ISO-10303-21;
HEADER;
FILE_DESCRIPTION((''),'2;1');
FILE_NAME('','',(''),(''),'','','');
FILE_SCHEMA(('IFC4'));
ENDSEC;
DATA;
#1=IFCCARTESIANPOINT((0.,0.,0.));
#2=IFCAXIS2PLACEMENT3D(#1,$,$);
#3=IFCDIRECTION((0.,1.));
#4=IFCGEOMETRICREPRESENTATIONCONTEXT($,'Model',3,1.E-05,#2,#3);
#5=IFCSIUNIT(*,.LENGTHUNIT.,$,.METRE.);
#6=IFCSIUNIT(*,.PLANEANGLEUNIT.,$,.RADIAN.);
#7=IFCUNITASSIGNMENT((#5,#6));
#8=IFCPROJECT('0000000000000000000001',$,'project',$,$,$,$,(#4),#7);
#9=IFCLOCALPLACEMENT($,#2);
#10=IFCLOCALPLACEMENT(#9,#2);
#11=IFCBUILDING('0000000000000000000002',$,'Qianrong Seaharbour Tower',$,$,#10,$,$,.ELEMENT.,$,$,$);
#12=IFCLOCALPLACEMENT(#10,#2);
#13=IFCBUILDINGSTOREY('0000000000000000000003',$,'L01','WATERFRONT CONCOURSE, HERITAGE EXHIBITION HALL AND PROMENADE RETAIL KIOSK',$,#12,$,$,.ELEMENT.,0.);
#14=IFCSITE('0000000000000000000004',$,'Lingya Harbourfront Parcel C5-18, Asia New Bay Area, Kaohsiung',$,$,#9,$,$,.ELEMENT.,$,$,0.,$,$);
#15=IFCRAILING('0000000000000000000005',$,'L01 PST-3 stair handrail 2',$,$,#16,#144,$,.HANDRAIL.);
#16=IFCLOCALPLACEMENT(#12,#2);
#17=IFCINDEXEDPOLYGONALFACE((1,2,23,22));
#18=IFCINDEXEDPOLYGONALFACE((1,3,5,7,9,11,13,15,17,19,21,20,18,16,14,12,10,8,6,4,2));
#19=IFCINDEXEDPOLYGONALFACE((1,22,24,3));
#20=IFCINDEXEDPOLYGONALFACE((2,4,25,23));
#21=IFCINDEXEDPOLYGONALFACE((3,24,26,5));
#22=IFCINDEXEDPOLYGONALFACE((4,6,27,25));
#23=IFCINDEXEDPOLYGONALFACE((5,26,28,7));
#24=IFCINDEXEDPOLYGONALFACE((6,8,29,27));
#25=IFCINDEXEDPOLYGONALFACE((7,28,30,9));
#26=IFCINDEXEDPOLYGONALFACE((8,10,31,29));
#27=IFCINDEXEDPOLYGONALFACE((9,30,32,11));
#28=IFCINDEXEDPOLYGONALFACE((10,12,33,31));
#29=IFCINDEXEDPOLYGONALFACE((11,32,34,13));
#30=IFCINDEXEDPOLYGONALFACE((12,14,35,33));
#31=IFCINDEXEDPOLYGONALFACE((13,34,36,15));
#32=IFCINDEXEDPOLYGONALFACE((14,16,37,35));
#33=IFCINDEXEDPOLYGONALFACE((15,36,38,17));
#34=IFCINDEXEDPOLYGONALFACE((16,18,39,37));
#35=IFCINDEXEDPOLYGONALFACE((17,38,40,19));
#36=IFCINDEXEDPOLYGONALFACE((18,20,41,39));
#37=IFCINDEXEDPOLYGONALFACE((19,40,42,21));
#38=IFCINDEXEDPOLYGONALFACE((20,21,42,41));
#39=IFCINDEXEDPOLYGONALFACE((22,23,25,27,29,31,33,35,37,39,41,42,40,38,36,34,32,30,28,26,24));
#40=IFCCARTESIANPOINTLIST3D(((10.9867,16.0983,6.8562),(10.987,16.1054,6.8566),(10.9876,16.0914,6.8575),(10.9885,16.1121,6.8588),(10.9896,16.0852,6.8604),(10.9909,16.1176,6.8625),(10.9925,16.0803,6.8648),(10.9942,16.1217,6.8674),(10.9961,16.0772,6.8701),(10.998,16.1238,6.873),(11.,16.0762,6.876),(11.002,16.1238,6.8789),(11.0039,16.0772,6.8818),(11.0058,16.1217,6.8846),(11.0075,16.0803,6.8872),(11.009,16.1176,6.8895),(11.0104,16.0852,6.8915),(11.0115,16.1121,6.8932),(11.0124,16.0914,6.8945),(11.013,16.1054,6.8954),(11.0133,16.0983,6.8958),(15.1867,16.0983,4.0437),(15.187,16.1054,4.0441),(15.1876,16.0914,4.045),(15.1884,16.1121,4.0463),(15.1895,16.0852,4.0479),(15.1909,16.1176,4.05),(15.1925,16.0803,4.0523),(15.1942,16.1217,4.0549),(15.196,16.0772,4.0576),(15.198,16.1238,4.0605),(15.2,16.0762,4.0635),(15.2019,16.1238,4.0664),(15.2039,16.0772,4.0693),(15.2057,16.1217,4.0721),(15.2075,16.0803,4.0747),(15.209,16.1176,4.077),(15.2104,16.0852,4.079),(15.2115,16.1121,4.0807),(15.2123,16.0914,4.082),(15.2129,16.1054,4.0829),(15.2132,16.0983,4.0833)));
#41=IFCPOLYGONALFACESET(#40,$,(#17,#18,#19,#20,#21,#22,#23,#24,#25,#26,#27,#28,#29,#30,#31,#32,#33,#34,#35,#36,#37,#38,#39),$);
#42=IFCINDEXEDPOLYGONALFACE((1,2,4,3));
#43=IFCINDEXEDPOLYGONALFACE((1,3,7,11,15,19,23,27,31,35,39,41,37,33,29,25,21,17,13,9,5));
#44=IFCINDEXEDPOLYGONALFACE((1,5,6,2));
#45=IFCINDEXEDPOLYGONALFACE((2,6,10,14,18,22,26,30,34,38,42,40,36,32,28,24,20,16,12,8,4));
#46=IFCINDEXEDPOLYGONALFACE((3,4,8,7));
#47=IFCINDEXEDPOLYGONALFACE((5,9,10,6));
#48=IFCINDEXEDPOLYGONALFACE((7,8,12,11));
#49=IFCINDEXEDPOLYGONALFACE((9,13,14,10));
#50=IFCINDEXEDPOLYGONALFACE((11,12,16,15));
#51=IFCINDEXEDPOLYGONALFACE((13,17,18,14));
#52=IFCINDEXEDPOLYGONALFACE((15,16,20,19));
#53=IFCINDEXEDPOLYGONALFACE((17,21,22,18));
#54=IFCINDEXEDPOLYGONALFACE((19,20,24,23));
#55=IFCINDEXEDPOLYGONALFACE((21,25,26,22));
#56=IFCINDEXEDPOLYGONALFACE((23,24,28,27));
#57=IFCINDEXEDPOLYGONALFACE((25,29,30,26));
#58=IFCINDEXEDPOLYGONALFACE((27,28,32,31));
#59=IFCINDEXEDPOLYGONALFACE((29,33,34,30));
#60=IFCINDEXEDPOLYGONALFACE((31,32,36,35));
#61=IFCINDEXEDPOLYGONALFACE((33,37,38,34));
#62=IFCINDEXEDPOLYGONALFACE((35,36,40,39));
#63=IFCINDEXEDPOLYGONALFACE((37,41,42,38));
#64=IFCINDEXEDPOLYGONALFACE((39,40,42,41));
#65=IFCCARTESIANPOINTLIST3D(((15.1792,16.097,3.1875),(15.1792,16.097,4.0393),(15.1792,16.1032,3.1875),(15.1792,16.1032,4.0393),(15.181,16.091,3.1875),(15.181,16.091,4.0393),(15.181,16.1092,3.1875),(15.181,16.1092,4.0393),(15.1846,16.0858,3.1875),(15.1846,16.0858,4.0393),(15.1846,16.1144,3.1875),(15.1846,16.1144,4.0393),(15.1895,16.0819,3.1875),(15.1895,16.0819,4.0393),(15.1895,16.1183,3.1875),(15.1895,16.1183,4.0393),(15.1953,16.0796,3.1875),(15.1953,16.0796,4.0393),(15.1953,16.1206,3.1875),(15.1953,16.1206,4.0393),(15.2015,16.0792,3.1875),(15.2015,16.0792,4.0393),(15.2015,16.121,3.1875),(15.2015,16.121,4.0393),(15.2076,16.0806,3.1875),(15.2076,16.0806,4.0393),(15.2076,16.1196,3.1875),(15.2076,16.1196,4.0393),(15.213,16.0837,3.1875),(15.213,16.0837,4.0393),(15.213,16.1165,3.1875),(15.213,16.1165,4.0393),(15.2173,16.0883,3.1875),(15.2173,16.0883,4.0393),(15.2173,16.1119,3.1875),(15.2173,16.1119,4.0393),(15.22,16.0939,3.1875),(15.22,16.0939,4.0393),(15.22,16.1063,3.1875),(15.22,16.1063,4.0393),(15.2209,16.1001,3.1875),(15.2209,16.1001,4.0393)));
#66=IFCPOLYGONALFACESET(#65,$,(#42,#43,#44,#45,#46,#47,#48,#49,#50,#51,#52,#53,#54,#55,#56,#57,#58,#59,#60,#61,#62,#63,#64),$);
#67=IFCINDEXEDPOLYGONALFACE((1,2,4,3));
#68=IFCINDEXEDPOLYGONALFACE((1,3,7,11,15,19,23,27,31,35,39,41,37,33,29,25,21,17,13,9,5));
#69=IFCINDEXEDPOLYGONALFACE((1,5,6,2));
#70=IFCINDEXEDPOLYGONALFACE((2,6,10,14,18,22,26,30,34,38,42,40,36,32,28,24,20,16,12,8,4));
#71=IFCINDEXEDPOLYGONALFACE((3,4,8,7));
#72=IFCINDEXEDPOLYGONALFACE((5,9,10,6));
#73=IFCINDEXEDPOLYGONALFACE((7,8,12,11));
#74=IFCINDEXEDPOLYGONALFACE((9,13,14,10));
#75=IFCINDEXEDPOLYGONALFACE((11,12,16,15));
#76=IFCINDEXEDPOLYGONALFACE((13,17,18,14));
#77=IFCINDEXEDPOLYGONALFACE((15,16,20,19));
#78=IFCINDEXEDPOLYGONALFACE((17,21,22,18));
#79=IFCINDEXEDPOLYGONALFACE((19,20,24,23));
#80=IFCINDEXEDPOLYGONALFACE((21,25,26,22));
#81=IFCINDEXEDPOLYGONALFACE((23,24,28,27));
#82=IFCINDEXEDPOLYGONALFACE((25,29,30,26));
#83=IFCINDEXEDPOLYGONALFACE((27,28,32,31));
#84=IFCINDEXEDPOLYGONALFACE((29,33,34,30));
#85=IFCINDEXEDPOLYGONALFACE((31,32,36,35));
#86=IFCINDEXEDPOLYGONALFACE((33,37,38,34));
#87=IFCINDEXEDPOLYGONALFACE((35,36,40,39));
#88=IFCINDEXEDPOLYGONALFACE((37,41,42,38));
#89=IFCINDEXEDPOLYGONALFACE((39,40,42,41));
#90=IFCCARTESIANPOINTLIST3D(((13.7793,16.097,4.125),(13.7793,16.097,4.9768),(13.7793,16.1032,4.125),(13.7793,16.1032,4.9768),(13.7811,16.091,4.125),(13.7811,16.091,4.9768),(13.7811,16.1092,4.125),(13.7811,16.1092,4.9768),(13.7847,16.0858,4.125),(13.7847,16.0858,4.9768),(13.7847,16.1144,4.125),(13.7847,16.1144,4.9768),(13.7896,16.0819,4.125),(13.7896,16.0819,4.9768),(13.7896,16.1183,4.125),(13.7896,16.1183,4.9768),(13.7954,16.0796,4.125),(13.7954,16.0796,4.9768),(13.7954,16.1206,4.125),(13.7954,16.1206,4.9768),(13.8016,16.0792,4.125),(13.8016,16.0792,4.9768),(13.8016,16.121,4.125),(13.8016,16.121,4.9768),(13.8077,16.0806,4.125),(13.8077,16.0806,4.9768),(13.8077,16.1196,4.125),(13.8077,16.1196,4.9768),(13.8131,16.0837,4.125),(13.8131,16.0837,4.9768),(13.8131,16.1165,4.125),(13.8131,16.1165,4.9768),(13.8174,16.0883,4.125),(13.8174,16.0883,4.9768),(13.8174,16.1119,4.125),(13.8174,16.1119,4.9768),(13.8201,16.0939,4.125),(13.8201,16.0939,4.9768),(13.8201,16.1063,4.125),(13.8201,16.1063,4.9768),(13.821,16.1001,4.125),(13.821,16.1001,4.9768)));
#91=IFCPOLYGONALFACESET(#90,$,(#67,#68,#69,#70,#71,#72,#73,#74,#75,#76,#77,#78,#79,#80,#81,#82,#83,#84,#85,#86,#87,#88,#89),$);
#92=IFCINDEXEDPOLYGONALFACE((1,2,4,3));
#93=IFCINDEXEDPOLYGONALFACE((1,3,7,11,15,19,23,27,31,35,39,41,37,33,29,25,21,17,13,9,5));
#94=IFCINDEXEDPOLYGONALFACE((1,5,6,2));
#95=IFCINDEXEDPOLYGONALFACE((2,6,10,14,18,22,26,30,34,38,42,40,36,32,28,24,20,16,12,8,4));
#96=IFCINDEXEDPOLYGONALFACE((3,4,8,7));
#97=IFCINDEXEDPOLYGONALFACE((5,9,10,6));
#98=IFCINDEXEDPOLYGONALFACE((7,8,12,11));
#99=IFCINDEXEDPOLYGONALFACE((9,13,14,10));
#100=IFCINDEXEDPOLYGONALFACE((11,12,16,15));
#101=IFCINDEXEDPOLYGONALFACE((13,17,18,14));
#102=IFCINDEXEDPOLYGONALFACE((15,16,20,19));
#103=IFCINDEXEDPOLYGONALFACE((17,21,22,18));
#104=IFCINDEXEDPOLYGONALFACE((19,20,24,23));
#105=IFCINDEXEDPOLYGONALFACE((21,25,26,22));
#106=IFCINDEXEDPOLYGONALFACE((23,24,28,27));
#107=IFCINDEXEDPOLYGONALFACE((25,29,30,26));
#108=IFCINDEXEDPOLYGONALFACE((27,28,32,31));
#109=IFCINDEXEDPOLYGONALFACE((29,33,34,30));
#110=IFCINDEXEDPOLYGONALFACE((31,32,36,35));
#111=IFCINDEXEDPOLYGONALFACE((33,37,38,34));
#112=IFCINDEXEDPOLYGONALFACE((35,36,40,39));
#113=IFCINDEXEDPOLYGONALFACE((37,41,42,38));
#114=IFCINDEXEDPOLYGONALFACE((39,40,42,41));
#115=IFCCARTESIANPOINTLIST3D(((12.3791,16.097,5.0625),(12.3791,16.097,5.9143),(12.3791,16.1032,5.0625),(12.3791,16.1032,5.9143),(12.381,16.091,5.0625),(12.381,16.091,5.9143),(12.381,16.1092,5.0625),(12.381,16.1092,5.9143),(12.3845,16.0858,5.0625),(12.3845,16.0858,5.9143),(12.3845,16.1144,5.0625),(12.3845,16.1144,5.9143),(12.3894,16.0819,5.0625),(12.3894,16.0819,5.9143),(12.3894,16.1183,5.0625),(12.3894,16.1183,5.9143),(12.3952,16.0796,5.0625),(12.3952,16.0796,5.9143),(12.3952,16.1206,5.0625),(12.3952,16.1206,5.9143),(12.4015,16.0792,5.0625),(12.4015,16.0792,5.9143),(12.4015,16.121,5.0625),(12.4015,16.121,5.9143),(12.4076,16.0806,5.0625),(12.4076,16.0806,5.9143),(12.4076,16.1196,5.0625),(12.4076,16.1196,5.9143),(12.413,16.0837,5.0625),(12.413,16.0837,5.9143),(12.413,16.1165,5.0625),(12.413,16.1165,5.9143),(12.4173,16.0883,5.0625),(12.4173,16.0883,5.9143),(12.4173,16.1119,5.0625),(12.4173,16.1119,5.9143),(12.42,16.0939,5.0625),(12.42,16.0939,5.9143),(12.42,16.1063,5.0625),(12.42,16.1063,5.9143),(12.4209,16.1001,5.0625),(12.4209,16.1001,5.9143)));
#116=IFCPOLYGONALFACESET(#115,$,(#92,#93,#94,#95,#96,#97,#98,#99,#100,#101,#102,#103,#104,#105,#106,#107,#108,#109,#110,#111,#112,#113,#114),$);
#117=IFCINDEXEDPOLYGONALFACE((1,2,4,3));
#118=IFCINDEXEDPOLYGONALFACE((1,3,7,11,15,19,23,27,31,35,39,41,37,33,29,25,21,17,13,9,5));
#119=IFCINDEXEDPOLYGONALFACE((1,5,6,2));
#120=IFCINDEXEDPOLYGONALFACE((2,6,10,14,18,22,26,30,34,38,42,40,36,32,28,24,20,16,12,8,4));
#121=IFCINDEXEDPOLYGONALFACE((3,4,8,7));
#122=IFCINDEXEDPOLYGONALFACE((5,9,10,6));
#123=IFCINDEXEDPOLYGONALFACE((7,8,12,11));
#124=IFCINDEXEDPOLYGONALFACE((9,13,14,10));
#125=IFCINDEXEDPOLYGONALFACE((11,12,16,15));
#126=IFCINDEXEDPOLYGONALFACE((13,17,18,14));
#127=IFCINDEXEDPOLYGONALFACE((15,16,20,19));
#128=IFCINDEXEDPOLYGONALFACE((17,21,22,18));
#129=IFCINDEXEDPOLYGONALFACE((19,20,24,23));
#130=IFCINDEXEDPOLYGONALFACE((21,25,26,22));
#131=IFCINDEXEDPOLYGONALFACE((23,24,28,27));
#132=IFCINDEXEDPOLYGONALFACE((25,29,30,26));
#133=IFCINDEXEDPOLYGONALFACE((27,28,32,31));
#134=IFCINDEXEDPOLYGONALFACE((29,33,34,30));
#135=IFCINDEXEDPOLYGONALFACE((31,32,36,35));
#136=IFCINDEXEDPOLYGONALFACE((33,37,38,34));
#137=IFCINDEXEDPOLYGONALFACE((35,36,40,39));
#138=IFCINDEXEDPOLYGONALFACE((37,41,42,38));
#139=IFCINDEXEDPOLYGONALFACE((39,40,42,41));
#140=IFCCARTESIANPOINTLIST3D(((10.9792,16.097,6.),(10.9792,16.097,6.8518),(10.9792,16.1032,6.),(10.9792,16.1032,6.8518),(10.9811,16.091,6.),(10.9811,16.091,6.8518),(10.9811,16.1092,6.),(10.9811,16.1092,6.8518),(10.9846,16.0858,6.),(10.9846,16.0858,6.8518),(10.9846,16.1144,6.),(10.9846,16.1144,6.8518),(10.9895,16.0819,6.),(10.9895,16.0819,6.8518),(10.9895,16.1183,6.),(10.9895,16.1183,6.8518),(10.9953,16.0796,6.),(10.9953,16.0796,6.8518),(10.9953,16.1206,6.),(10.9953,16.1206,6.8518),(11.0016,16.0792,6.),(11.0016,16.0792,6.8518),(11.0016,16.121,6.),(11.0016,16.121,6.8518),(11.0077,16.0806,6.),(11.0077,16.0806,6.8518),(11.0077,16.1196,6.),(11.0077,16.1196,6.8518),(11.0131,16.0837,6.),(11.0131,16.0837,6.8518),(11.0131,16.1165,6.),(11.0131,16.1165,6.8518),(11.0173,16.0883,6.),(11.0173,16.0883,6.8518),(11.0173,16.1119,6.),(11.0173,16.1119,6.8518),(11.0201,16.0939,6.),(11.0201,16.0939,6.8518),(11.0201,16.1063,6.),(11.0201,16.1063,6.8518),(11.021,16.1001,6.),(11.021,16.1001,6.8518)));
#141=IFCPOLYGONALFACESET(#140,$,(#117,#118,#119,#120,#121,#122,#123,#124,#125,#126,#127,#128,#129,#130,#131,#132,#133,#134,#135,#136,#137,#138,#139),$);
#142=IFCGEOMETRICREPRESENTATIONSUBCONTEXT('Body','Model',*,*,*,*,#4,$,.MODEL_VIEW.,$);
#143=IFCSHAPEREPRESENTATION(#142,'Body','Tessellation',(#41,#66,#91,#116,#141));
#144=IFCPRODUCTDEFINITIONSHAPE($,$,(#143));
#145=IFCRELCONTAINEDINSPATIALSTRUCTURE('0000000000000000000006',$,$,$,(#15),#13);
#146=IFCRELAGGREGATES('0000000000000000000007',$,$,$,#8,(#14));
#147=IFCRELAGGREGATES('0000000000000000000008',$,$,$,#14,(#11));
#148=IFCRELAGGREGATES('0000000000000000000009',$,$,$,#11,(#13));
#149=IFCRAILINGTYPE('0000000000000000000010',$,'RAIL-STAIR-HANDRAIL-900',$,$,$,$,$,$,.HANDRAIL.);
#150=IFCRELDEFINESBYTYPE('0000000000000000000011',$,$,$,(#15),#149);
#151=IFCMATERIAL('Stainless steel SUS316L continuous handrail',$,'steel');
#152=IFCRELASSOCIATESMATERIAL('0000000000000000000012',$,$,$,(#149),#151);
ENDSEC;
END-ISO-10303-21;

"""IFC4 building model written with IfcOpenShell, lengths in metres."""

from ifc_helpers import new_model, si_unit, direction, frame, origin, origin_2d, place, context, subcontext, project, spatial, circle, extrude, material, type_object, element, save


model = new_model("IFC4")

# Units and contexts
model_context = context("Model", 3, precision=1e-05, world=origin(), true_north=direction((0.0, 1.0)))
body_context = subcontext(model_context, "Body", "Model", "MODEL_VIEW")
ifc_project = project(units=[si_unit("LENGTHUNIT", "METRE"), si_unit("PLANEANGLEUNIT", "RADIAN")], contexts=[model_context])

# Site, building, storey
site_placement = place(None, origin())
site = spatial("IfcSite", under=ifc_project, at=site_placement, Name="Lingya Harbourfront Parcel C5-18, Asia New Bay Area, Kaohsiung", CompositionType="ELEMENT", RefElevation=0.0)
building_placement = place(site_placement, origin())
building = spatial("IfcBuilding", under=site, at=building_placement, Name="Qianrong Seaharbour Tower", CompositionType="ELEMENT")
storey_placement = place(building_placement, origin())
storey = spatial("IfcBuildingStorey", under=building, at=storey_placement, Name="L01", Description="WATERFRONT CONCOURSE, HERITAGE EXHIBITION HALL AND PROMENADE RETAIL KIOSK", CompositionType="ELEMENT", Elevation=0.0)

# Railing
ifc_material_1 = material(Name="Stainless steel SUS316L continuous handrail", Category="steel")
railing_type_1 = type_object("IfcRailingType", Name="RAIL-STAIR-HANDRAIL-900", PredefinedType="HANDRAIL", material=ifc_material_1)
railing_1_placement = place(storey_placement, frame((15.2, 16.1001, 3.1875)))
element("IfcRailing", 1, at=railing_1_placement, inside=storey, type_object=railing_type_1, Name="L01 PST-3 stair handrail 2", PredefinedType="HANDRAIL", context=body_context, shape_type="SweptSolid", body=[
    extrude(circle(Radius=0.0239, at=origin_2d()), frame((0.0, 0.0, 0.876), z_axis=(-0.830904, 0.0, 0.556416), x_axis=(0.0, -1.0, 0.0)), (0.0, 0.0, 1.0), 5.0547),
    extrude(circle(Radius=0.021, at=origin_2d()), origin(), (0.0, 0.0, 1.0), 0.8518),
    extrude(circle(Radius=0.021, at=origin_2d()), frame((-1.3999, 0.0, 0.9375)), (0.0, 0.0, 1.0), 0.8518),
    extrude(circle(Radius=0.021, at=origin_2d()), frame((-2.8, 0.0, 1.875)), (0.0, 0.0, 1.0), 0.8518),
    extrude(circle(Radius=0.021, at=origin_2d()), frame((-4.2, 0.0, 2.8125)), (0.0, 0.0, 1.0), 0.8518),
])

save(model, "model.ifc")
